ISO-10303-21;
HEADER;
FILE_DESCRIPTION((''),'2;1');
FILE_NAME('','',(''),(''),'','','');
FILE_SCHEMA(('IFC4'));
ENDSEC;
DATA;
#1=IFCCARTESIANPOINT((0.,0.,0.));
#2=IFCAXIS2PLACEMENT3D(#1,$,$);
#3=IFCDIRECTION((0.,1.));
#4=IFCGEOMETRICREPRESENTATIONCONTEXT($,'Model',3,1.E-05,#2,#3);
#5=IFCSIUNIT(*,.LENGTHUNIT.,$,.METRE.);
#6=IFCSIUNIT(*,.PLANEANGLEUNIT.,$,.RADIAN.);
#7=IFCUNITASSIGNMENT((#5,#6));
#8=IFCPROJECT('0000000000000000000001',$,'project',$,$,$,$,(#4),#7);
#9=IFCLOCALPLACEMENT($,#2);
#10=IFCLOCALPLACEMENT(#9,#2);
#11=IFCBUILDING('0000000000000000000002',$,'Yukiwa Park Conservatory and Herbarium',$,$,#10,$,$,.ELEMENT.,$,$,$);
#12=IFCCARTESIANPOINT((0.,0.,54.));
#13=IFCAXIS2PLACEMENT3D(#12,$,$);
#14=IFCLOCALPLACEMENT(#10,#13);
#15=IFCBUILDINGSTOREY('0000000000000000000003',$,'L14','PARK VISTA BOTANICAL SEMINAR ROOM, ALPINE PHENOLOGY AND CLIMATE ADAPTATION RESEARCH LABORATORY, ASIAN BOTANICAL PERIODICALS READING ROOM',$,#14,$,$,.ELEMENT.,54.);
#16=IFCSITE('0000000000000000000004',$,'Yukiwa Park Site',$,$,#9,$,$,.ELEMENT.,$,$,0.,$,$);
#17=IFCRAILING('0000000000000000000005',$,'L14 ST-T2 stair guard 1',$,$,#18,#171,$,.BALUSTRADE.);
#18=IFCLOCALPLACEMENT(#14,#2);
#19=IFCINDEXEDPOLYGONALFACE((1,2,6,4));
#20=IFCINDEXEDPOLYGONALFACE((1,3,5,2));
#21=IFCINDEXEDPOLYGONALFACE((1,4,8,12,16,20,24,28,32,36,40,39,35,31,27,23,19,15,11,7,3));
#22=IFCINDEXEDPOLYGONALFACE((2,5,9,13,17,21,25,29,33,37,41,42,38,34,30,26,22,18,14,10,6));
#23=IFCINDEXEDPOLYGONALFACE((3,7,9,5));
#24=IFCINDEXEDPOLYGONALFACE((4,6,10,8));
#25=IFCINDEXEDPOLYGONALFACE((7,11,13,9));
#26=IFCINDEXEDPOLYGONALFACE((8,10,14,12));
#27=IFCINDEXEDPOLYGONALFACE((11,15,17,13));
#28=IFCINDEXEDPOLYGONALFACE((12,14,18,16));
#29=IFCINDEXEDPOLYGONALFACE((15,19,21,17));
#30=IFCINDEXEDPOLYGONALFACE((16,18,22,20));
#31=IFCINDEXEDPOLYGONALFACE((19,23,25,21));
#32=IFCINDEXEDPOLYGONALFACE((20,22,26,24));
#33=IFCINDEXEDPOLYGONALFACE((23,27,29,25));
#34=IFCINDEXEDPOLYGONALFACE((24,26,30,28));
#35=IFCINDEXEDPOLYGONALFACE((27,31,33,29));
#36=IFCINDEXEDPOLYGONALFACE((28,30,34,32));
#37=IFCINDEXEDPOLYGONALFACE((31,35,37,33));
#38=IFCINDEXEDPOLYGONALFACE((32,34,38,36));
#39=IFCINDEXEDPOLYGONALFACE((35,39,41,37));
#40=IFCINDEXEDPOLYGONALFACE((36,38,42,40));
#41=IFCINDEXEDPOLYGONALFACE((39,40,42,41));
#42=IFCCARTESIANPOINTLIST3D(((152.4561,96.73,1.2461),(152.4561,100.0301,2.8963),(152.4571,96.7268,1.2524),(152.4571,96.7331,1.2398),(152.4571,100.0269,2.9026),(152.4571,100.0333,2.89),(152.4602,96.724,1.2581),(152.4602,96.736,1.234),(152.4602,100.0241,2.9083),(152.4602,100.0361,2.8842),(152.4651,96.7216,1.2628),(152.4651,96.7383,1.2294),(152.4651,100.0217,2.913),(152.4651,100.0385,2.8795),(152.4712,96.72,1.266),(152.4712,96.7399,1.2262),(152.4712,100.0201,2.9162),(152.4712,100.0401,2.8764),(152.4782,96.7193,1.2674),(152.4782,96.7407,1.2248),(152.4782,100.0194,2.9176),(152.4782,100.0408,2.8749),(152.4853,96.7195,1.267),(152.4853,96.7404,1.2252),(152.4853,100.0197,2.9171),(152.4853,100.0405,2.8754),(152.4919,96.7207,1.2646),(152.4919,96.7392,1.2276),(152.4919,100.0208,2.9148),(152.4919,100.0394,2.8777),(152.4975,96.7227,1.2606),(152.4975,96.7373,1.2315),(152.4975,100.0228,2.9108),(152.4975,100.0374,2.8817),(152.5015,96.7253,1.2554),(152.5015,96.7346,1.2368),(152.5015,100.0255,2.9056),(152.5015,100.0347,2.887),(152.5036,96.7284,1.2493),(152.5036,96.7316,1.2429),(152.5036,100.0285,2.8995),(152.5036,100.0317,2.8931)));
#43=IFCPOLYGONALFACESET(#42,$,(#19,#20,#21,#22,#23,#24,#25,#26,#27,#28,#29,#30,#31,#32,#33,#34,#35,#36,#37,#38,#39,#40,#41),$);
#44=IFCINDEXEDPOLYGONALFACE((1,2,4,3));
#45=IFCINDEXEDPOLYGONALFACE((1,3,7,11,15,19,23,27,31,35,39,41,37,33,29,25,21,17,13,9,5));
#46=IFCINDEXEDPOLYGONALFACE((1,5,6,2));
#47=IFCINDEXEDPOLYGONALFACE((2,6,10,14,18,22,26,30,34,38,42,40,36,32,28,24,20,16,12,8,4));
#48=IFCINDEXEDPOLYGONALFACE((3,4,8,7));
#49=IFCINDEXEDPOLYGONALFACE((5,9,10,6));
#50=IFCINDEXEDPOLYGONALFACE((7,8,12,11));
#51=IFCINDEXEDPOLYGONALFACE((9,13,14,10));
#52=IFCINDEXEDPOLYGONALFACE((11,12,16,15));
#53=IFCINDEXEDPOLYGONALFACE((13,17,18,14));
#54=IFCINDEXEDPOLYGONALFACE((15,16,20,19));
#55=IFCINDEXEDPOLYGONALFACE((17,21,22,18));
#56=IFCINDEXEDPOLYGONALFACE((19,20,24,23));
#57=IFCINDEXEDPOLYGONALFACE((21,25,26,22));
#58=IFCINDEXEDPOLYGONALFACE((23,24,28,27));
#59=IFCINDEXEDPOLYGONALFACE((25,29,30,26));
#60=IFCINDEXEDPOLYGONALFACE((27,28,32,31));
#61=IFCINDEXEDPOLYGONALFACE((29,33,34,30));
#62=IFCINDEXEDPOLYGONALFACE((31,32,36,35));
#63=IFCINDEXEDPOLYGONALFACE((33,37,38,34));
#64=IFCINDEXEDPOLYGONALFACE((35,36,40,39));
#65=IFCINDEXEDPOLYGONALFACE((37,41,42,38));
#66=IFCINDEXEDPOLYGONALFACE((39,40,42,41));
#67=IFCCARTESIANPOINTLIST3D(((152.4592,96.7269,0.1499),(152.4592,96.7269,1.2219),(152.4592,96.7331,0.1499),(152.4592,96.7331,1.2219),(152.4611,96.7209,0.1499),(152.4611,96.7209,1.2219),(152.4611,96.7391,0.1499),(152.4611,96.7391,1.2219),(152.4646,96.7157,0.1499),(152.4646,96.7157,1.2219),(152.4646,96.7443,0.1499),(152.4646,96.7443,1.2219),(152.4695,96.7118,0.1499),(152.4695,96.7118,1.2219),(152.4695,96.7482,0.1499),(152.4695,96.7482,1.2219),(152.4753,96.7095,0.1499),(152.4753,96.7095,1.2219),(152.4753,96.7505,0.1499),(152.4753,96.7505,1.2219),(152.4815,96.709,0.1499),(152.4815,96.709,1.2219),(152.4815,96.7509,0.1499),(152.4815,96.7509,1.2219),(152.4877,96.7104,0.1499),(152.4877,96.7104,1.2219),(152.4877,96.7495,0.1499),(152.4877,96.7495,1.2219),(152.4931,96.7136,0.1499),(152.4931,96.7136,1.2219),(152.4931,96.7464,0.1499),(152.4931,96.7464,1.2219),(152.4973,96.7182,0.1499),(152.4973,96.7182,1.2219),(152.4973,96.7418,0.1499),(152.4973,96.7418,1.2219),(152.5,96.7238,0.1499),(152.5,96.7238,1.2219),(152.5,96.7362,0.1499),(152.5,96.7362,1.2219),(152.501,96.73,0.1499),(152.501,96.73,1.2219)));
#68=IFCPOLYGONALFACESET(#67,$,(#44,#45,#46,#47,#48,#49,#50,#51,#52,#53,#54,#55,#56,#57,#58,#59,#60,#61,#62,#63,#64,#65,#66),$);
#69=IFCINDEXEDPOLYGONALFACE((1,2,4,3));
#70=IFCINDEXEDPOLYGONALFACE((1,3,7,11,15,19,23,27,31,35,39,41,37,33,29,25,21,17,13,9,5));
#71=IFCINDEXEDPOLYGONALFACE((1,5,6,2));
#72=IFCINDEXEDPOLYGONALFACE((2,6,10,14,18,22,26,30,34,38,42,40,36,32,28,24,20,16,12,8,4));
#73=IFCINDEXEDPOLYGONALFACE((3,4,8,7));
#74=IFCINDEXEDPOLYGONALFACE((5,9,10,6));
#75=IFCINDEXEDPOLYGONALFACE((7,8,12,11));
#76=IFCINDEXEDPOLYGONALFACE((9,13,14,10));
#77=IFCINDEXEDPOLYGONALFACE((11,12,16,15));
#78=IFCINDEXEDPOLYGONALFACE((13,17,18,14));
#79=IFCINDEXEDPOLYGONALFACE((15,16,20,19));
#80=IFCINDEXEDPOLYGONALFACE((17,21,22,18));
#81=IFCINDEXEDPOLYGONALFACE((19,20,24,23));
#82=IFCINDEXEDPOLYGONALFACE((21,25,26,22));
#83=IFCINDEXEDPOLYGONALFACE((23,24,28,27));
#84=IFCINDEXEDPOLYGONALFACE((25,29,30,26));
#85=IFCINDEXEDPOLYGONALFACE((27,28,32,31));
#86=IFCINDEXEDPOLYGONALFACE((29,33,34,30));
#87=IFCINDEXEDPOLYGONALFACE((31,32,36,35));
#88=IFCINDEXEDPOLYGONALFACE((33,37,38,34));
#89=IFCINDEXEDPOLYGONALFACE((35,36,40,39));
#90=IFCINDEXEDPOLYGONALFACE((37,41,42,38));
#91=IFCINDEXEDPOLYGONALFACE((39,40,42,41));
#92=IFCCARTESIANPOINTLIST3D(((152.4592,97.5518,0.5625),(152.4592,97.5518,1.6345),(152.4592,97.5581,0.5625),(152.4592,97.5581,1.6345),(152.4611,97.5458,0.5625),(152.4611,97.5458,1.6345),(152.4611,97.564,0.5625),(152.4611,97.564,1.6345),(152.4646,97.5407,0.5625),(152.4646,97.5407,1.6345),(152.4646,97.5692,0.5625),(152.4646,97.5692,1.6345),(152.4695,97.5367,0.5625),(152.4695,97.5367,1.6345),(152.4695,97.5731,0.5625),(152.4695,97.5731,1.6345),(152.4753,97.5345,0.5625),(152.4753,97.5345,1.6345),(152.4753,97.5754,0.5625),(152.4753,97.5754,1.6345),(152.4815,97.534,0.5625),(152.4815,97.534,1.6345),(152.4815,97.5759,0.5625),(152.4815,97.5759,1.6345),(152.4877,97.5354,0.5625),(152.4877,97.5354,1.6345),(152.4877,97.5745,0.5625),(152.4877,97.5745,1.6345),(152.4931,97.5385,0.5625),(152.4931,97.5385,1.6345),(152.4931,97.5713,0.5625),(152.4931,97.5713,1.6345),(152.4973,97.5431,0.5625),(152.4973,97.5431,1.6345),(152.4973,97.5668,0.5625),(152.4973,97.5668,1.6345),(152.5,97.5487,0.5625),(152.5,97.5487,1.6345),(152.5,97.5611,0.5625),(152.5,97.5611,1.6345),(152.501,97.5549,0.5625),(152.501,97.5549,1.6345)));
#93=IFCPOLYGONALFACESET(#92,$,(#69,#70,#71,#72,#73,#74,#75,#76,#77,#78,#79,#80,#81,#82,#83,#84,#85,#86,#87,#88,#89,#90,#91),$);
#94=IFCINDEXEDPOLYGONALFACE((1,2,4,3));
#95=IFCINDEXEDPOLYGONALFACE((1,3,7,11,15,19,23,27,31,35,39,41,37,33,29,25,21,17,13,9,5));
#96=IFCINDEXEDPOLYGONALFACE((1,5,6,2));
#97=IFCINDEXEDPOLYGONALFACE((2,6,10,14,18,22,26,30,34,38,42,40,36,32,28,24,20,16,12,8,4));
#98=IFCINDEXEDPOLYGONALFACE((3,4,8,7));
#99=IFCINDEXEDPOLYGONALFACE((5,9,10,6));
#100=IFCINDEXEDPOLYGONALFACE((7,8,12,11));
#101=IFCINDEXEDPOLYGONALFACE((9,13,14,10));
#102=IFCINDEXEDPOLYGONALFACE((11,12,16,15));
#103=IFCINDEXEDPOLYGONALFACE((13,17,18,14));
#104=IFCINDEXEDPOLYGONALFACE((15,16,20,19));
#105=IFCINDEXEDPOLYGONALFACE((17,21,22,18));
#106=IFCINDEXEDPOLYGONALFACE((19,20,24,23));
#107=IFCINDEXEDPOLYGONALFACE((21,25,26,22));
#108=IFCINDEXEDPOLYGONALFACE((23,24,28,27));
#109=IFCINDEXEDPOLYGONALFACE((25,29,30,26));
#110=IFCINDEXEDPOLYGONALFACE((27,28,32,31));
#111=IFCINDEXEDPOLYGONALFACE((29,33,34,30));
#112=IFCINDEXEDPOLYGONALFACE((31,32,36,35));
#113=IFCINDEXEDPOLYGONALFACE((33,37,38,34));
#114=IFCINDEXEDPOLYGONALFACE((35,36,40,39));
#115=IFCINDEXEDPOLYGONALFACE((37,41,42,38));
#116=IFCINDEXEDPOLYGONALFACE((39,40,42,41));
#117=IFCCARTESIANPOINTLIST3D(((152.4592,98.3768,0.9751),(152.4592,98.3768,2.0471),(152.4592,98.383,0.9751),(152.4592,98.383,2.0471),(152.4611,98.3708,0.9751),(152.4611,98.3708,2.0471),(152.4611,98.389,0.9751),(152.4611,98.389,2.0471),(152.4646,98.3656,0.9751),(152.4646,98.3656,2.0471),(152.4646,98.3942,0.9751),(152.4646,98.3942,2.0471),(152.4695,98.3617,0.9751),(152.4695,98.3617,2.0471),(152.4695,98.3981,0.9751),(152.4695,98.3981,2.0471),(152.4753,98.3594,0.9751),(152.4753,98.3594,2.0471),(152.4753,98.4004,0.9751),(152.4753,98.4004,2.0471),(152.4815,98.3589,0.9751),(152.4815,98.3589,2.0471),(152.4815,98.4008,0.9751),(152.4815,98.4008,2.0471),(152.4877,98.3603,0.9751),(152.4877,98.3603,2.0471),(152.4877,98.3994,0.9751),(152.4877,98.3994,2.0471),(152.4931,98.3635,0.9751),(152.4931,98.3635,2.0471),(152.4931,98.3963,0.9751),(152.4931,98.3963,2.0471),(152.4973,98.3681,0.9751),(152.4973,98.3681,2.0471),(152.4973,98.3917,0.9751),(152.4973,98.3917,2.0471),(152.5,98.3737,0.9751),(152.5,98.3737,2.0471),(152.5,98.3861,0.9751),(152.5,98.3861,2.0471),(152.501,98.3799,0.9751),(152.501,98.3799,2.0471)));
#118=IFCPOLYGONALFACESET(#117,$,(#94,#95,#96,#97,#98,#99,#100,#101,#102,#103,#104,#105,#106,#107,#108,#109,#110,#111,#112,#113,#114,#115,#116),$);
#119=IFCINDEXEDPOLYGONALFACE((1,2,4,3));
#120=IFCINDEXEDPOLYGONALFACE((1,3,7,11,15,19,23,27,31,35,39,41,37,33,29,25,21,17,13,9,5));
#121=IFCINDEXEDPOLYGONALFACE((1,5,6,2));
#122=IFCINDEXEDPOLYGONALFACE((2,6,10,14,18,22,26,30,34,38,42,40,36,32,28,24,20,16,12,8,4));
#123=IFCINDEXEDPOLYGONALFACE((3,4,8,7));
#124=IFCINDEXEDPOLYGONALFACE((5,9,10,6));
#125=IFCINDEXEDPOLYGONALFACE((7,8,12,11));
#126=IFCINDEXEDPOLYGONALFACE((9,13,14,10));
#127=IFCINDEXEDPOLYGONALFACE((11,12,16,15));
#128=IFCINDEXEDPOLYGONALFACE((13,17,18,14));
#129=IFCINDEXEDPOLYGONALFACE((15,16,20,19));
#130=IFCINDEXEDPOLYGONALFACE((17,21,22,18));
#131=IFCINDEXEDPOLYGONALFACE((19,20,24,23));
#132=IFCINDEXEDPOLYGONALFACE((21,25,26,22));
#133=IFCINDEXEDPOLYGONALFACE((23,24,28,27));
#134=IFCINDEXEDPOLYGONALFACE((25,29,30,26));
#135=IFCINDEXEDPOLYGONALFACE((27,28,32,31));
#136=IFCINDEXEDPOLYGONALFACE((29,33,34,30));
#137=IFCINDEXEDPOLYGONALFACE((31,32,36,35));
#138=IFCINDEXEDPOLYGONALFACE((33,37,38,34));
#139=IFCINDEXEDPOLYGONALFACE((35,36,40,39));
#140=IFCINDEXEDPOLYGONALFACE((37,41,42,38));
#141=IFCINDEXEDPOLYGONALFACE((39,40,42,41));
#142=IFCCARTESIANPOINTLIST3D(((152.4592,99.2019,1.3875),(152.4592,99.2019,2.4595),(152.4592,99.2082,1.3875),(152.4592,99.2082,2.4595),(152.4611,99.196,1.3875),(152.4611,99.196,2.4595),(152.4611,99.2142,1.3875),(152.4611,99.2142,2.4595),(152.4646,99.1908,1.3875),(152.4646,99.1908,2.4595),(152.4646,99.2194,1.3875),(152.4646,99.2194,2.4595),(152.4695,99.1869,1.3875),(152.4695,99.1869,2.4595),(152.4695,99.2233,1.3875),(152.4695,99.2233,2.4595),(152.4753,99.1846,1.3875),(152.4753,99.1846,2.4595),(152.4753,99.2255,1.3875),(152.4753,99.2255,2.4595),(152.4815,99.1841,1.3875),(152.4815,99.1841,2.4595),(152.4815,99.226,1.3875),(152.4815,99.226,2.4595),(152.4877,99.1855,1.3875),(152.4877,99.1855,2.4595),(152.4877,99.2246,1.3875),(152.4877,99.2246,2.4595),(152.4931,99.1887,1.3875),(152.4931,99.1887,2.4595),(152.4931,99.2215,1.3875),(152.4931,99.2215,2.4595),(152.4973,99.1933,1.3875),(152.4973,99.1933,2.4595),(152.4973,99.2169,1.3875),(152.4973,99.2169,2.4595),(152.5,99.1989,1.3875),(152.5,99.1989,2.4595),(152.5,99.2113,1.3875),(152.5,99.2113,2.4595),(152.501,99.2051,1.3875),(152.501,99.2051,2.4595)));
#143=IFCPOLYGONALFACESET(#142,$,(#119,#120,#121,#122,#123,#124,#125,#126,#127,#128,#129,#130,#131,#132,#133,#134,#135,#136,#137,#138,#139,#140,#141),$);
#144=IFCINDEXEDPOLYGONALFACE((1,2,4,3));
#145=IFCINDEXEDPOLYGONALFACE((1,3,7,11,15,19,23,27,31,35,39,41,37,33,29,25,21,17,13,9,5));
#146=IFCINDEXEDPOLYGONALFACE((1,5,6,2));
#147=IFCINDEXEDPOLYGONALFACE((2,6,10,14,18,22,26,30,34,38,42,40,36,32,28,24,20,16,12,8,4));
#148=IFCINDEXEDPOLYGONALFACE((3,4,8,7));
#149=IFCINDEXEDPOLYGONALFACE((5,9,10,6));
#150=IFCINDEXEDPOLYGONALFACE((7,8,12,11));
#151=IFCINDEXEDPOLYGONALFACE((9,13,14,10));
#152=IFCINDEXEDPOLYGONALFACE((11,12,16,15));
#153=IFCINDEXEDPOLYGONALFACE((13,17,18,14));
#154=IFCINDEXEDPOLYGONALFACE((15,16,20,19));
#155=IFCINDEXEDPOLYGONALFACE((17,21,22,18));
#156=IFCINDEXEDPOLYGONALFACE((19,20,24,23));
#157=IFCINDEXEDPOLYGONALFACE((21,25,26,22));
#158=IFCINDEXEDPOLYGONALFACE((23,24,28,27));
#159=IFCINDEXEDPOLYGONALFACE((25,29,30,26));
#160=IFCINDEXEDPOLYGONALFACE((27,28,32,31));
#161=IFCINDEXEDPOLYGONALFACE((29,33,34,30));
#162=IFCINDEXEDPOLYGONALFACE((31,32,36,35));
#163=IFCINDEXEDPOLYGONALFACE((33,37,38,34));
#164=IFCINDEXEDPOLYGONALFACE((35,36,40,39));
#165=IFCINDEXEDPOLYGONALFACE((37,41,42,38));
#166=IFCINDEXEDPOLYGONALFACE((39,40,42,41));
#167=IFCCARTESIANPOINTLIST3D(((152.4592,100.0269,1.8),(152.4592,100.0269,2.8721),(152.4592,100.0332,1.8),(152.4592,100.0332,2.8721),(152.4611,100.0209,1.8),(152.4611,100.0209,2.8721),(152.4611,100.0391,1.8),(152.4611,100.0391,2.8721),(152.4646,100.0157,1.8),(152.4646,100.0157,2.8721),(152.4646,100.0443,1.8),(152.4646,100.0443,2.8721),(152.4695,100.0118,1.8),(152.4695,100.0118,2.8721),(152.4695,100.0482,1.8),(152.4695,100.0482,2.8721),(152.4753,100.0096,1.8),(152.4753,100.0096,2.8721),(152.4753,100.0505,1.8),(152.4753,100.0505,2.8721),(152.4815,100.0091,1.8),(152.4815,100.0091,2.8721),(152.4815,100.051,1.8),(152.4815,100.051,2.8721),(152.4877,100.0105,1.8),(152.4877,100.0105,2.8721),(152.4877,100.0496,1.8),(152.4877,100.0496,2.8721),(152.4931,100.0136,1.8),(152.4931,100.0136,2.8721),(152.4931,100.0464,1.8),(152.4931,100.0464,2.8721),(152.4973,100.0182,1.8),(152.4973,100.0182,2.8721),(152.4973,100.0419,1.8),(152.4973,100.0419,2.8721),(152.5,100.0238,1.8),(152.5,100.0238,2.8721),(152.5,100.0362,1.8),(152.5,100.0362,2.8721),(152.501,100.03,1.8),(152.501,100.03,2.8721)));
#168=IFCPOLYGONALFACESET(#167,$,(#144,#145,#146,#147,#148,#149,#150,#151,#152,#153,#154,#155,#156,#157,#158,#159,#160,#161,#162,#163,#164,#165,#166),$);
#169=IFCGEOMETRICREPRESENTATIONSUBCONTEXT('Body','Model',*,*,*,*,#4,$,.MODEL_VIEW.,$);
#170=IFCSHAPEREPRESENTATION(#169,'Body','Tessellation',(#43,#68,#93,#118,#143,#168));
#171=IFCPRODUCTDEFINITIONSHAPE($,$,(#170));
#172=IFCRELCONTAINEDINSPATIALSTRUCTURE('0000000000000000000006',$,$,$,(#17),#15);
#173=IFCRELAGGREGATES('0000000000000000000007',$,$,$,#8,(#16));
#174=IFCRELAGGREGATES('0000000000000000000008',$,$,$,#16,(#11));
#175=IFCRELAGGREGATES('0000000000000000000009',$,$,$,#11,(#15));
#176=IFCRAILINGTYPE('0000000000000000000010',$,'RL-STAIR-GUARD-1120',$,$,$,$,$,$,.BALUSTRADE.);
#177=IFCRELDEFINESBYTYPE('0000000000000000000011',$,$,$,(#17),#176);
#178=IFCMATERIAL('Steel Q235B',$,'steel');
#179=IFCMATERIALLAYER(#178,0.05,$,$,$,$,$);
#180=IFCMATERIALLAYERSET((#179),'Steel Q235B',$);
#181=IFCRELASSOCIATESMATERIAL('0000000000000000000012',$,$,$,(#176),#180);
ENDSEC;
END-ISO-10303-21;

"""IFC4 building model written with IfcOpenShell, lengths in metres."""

from ifc_helpers import new_model, si_unit, direction, frame, origin, origin_2d, place, context, subcontext, project, spatial, circle, extrude, material, layer, layer_set, type_object, element, save


model = new_model("IFC4")

# Units and contexts
model_context = context("Model", 3, precision=1e-05, world=origin(), true_north=direction((0.0, 1.0)))
body_context = subcontext(model_context, "Body", "Model", "MODEL_VIEW")
ifc_project = project(units=[si_unit("LENGTHUNIT", "METRE"), si_unit("PLANEANGLEUNIT", "RADIAN")], contexts=[model_context])

# Site, building, storey
site_placement = place(None, origin())
site = spatial("IfcSite", under=ifc_project, at=site_placement, Name="Yukiwa Park Site", CompositionType="ELEMENT", RefElevation=0.0)
building_placement = place(site_placement, origin())
building = spatial("IfcBuilding", under=site, at=building_placement, Name="Yukiwa Park Conservatory and Herbarium", CompositionType="ELEMENT")
storey_placement = place(building_placement, frame((0.0, 0.0, 54.0)))
storey = spatial("IfcBuildingStorey", under=building, at=storey_placement, Name="L14", Description="PARK VISTA BOTANICAL SEMINAR ROOM, ALPINE PHENOLOGY AND CLIMATE ADAPTATION RESEARCH LABORATORY, ASIAN BOTANICAL PERIODICALS READING ROOM", CompositionType="ELEMENT", Elevation=54.0)

# Railing
ifc_material_1 = material(Name="Steel Q235B", Category="steel")
ifc_layer_1 = layer(ifc_material_1, 0.05)
ifc_layer_set_1 = layer_set([ifc_layer_1], Name="Steel Q235B")
railing_type_1 = type_object("IfcRailingType", Name="RL-STAIR-GUARD-1120", PredefinedType="BALUSTRADE", material=ifc_layer_set_1)
railing_1_placement = place(storey_placement, frame((152.48, 96.73, 0.1499)))
element("IfcRailing", 1, at=railing_1_placement, inside=storey, type_object=railing_type_1, Name="L14 ST-T2 stair guard 1", PredefinedType="BALUSTRADE", context=body_context, shape_type="SweptSolid", body=[
    extrude(circle(Radius=0.0239, at=origin_2d()), frame((0.0, 0.0, 1.0962), z_axis=(0.0, 0.894414, 0.44724), x_axis=(-1.0, 0.0, 0.0)), (0.0, 0.0, 1.0), 3.6897),
    extrude(circle(Radius=0.021, at=origin_2d()), origin(), (0.0, 0.0, 1.0), 1.072),
    extrude(circle(Radius=0.021, at=origin_2d()), frame((0.0, 0.825, 0.4126)), (0.0, 0.0, 1.0), 1.072),
    extrude(circle(Radius=0.021, at=origin_2d()), frame((0.0, 1.6499, 0.8252)), (0.0, 0.0, 1.0), 1.072),
    extrude(circle(Radius=0.021, at=origin_2d()), frame((0.0, 2.4751, 1.2375)), (0.0, 0.0, 1.0), 1.072),
    extrude(circle(Radius=0.021, at=origin_2d()), frame((0.0, 3.3, 1.6501)), (0.0, 0.0, 1.0), 1.072),
])

save(model, "model.ifc")
